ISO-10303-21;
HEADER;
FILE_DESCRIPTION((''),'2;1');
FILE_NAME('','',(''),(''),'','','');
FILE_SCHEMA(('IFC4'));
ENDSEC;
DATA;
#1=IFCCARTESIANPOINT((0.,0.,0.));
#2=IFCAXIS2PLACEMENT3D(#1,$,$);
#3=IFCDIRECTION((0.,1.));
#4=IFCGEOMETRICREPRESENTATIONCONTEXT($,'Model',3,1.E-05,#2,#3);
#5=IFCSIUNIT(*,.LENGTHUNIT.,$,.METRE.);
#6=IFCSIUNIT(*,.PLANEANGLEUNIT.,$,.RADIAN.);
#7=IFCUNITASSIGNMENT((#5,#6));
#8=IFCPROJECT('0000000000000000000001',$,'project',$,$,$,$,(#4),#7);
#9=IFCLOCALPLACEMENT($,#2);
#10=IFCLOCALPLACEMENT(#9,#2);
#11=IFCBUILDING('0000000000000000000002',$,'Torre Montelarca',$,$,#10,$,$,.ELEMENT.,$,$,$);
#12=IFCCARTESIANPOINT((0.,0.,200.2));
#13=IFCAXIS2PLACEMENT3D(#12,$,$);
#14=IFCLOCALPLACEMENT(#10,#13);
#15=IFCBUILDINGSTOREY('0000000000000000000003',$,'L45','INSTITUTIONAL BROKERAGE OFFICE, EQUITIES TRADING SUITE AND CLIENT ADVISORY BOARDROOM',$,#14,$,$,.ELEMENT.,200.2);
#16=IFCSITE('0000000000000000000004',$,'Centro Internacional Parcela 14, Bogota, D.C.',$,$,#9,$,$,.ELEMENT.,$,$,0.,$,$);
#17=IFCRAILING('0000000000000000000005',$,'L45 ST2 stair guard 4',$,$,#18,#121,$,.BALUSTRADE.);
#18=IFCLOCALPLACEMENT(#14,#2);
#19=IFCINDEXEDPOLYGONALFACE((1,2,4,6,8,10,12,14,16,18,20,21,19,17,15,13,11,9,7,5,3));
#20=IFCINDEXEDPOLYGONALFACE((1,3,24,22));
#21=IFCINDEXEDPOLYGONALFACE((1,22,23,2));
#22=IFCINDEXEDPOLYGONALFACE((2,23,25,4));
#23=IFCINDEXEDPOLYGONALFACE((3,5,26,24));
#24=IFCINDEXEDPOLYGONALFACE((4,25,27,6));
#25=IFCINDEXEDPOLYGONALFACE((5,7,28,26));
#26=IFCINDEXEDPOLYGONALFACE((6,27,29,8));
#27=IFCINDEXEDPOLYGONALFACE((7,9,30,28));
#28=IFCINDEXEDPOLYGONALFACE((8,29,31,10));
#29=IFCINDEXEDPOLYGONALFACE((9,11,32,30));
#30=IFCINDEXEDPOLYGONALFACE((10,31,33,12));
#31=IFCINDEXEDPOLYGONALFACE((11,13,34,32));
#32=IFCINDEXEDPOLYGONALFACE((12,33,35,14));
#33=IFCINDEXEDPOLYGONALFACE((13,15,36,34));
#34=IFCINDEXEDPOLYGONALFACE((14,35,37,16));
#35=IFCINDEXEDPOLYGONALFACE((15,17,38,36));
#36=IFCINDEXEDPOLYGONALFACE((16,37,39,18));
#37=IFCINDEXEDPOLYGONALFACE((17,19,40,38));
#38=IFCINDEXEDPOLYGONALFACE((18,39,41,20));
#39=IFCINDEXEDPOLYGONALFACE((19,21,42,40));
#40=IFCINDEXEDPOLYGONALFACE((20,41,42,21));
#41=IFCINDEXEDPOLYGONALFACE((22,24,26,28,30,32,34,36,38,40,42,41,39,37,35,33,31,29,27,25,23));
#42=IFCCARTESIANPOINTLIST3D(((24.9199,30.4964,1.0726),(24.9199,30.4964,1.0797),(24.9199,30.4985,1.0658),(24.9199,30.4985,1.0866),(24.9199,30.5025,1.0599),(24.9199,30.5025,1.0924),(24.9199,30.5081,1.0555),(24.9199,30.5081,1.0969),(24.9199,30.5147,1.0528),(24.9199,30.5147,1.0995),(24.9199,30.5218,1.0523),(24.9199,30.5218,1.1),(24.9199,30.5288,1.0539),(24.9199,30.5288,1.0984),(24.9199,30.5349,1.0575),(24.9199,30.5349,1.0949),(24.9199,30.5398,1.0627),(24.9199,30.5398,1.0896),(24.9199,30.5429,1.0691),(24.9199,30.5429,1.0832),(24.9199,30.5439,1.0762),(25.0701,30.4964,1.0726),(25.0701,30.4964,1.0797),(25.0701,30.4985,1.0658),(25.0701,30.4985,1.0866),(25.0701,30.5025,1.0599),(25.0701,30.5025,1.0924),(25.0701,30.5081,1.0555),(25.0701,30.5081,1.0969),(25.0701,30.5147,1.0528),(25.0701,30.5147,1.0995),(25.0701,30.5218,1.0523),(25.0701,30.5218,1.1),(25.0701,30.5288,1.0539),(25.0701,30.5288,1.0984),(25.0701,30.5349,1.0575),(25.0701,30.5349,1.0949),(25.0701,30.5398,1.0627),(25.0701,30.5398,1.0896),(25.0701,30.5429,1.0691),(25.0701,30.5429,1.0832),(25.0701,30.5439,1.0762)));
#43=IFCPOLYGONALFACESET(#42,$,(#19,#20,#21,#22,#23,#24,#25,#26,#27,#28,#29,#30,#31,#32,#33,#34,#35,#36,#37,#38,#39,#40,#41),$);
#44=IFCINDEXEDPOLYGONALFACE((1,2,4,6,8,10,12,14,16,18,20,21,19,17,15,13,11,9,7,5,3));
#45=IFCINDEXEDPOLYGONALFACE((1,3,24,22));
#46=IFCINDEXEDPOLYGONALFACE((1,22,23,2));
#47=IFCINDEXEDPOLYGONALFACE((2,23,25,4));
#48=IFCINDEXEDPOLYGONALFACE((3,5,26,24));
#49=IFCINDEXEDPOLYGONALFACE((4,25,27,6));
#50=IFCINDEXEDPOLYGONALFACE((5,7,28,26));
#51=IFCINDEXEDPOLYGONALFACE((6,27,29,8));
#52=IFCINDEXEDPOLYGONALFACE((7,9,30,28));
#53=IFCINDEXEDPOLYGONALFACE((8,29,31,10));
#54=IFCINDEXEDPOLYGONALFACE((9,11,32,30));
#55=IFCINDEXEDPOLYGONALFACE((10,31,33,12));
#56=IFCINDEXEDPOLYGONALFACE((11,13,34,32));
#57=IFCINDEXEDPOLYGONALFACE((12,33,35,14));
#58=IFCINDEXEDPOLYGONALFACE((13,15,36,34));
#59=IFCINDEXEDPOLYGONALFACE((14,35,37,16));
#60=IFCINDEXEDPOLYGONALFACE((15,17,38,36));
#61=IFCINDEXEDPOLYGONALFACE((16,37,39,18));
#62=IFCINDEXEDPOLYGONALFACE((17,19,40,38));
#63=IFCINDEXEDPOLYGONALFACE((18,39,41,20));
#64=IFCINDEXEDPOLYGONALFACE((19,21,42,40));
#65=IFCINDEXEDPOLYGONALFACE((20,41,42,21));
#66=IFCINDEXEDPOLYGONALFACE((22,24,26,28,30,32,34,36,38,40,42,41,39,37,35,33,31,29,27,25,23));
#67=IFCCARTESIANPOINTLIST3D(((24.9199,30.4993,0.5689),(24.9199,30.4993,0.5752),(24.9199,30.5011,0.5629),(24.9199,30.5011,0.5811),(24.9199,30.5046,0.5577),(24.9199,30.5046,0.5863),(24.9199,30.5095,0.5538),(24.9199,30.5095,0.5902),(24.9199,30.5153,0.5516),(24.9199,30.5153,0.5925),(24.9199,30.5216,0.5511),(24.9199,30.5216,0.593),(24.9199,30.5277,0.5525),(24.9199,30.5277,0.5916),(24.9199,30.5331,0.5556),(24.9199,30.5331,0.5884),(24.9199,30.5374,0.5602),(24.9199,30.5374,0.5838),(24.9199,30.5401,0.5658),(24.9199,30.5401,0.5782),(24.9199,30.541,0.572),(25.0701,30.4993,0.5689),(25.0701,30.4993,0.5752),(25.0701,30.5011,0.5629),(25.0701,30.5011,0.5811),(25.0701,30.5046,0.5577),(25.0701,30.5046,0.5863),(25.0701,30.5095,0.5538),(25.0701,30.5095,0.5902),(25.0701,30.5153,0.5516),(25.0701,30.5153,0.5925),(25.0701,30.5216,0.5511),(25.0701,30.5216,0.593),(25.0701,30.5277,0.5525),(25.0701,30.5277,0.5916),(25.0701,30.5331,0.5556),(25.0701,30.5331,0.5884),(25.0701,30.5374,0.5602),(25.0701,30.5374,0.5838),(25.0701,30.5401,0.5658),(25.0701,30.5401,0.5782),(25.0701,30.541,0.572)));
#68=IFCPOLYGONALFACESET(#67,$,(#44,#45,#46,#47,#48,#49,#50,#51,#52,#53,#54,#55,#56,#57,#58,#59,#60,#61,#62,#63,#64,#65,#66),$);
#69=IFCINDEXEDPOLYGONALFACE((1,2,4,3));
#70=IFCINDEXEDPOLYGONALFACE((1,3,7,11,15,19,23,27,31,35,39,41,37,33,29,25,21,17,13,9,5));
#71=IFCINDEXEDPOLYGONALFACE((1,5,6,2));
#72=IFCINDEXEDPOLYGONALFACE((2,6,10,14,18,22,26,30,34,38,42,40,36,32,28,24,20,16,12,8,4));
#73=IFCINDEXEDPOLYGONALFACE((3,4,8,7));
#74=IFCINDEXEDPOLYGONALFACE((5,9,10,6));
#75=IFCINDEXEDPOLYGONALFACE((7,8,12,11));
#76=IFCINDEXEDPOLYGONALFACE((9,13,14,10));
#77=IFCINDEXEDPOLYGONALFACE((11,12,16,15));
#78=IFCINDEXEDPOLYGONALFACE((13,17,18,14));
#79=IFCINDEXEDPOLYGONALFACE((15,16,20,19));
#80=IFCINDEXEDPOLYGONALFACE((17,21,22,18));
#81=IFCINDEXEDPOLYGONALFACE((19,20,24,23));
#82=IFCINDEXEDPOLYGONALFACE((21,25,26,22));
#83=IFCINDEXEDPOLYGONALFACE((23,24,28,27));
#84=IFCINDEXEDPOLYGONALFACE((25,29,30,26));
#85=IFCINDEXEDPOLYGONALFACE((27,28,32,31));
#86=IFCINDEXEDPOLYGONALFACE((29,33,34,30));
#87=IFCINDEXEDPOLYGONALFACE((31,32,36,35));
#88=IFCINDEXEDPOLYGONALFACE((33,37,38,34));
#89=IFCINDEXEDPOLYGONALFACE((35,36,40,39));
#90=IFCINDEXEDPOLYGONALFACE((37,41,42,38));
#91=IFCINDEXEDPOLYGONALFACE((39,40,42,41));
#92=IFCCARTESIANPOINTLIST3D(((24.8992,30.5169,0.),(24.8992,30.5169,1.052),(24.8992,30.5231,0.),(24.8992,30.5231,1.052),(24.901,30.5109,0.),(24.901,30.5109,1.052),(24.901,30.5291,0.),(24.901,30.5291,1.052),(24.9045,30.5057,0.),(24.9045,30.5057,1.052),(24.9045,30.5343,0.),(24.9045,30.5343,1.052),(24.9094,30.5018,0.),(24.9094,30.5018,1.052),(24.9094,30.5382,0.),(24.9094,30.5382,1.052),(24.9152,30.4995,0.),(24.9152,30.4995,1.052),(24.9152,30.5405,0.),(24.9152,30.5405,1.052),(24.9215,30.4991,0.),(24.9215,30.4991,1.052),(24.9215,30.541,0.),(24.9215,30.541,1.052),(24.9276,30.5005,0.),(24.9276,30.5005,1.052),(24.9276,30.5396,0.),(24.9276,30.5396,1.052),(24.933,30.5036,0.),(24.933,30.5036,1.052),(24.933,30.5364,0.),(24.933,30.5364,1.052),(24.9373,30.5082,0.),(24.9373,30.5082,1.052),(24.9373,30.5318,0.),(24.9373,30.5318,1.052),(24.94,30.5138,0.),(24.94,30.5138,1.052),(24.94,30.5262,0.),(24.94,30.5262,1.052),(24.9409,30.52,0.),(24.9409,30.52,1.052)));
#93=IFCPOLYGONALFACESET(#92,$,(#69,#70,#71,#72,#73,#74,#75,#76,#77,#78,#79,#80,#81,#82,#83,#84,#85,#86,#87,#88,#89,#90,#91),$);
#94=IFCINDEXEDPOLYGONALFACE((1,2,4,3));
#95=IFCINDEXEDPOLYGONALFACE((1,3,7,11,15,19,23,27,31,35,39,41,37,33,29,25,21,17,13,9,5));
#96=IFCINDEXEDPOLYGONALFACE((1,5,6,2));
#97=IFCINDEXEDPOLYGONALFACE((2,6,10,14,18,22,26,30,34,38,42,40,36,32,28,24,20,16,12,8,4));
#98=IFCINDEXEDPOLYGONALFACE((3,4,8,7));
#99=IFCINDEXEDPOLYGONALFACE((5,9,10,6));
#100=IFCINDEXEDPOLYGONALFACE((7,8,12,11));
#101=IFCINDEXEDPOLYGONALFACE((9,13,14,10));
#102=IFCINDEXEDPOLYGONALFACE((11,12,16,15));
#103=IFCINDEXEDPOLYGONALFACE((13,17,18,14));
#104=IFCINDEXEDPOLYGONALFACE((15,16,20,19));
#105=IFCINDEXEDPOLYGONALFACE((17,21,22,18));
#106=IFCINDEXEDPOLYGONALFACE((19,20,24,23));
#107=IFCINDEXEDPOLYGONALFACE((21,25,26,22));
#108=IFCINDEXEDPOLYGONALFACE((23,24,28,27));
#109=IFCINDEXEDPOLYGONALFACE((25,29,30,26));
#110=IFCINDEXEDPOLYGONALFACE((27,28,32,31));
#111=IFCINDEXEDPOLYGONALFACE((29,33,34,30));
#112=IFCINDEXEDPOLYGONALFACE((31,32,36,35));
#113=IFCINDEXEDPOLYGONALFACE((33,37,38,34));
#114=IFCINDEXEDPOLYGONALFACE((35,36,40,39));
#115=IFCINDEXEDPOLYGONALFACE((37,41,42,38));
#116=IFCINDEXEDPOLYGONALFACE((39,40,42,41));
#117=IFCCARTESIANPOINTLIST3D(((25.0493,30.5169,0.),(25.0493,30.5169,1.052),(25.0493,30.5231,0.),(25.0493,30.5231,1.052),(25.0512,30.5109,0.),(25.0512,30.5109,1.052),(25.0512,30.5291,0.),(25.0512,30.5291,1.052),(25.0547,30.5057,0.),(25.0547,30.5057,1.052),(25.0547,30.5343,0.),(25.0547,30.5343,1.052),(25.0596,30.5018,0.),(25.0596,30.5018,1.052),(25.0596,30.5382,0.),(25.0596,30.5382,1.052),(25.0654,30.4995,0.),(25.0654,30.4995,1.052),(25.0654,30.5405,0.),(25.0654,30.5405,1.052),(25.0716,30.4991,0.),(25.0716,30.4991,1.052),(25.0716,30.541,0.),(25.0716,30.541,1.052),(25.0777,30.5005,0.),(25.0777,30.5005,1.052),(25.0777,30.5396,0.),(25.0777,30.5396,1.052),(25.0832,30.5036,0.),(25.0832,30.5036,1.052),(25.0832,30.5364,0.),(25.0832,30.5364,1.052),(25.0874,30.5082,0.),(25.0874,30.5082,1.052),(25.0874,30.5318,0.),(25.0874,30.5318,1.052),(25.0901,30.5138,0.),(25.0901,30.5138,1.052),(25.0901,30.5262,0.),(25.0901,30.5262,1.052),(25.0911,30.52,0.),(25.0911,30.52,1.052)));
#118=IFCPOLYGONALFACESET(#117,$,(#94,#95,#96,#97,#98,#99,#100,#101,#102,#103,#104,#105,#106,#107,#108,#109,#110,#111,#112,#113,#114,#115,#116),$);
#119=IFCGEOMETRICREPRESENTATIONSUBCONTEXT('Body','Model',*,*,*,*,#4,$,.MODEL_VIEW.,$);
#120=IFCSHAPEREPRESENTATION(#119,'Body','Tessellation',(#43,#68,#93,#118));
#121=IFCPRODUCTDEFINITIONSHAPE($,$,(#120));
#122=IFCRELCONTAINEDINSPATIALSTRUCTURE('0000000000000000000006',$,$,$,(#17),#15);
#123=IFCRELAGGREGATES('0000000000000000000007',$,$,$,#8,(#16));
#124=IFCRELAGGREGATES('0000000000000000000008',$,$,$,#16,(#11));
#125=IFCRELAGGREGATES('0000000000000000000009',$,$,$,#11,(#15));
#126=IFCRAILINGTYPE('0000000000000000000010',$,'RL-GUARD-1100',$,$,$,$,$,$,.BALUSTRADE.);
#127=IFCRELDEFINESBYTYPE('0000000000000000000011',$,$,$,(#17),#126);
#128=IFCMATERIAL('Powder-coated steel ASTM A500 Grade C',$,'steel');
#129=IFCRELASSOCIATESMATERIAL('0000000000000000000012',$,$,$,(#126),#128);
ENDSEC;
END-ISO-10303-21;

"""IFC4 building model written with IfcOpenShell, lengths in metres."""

from ifc_helpers import new_model, si_unit, direction, frame, origin, origin_2d, place, context, subcontext, project, spatial, circle, extrude, material, type_object, element, save


model = new_model("IFC4")

# Units and contexts
model_context = context("Model", 3, precision=1e-05, world=origin(), true_north=direction((0.0, 1.0)))
body_context = subcontext(model_context, "Body", "Model", "MODEL_VIEW")
ifc_project = project(units=[si_unit("LENGTHUNIT", "METRE"), si_unit("PLANEANGLEUNIT", "RADIAN")], contexts=[model_context])

# Site, building, storey
site_placement = place(None, origin())
site = spatial("IfcSite", under=ifc_project, at=site_placement, Name="Centro Internacional Parcela 14, Bogota, D.C.", CompositionType="ELEMENT", RefElevation=0.0)
building_placement = place(site_placement, origin())
building = spatial("IfcBuilding", under=site, at=building_placement, Name="Torre Montelarca", CompositionType="ELEMENT")
storey_placement = place(building_placement, frame((0.0, 0.0, 200.2)))
storey = spatial("IfcBuildingStorey", under=building, at=storey_placement, Name="L45", Description="INSTITUTIONAL BROKERAGE OFFICE, EQUITIES TRADING SUITE AND CLIENT ADVISORY BOARDROOM", CompositionType="ELEMENT", Elevation=200.2)

# Railing
ifc_material_1 = material(Name="Powder-coated steel ASTM A500 Grade C", Category="steel")
railing_type_1 = type_object("IfcRailingType", Name="RL-GUARD-1100", PredefinedType="BALUSTRADE", material=ifc_material_1)
railing_1_placement = place(storey_placement, frame((24.9199, 30.52, 0.0)))
element("IfcRailing", 1, at=railing_1_placement, inside=storey, type_object=railing_type_1, Name="L45 ST2 stair guard 4", PredefinedType="BALUSTRADE", context=body_context, shape_type="SweptSolid", body=[
    extrude(circle(Radius=0.0239, at=origin_2d()), frame((0.0, 0.0, 1.0762), z_axis=(1.0, 0.0, 0.0), x_axis=(0.0, 1.0, 0.0)), (0.0, 0.0, 1.0), 0.1501),
    extrude(circle(Radius=0.021, at=origin_2d()), frame((0.0, 0.0, 0.572), z_axis=(1.0, 0.0, 0.0), x_axis=(0.0, 1.0, 0.0)), (0.0, 0.0, 1.0), 0.1501),
    extrude(circle(Radius=0.021, at=origin_2d()), origin(), (0.0, 0.0, 1.0), 1.052),
    extrude(circle(Radius=0.021, at=origin_2d()), frame((0.1501, 0.0, 0.0)), (0.0, 0.0, 1.0), 1.052),
])

save(model, "model.ifc")
